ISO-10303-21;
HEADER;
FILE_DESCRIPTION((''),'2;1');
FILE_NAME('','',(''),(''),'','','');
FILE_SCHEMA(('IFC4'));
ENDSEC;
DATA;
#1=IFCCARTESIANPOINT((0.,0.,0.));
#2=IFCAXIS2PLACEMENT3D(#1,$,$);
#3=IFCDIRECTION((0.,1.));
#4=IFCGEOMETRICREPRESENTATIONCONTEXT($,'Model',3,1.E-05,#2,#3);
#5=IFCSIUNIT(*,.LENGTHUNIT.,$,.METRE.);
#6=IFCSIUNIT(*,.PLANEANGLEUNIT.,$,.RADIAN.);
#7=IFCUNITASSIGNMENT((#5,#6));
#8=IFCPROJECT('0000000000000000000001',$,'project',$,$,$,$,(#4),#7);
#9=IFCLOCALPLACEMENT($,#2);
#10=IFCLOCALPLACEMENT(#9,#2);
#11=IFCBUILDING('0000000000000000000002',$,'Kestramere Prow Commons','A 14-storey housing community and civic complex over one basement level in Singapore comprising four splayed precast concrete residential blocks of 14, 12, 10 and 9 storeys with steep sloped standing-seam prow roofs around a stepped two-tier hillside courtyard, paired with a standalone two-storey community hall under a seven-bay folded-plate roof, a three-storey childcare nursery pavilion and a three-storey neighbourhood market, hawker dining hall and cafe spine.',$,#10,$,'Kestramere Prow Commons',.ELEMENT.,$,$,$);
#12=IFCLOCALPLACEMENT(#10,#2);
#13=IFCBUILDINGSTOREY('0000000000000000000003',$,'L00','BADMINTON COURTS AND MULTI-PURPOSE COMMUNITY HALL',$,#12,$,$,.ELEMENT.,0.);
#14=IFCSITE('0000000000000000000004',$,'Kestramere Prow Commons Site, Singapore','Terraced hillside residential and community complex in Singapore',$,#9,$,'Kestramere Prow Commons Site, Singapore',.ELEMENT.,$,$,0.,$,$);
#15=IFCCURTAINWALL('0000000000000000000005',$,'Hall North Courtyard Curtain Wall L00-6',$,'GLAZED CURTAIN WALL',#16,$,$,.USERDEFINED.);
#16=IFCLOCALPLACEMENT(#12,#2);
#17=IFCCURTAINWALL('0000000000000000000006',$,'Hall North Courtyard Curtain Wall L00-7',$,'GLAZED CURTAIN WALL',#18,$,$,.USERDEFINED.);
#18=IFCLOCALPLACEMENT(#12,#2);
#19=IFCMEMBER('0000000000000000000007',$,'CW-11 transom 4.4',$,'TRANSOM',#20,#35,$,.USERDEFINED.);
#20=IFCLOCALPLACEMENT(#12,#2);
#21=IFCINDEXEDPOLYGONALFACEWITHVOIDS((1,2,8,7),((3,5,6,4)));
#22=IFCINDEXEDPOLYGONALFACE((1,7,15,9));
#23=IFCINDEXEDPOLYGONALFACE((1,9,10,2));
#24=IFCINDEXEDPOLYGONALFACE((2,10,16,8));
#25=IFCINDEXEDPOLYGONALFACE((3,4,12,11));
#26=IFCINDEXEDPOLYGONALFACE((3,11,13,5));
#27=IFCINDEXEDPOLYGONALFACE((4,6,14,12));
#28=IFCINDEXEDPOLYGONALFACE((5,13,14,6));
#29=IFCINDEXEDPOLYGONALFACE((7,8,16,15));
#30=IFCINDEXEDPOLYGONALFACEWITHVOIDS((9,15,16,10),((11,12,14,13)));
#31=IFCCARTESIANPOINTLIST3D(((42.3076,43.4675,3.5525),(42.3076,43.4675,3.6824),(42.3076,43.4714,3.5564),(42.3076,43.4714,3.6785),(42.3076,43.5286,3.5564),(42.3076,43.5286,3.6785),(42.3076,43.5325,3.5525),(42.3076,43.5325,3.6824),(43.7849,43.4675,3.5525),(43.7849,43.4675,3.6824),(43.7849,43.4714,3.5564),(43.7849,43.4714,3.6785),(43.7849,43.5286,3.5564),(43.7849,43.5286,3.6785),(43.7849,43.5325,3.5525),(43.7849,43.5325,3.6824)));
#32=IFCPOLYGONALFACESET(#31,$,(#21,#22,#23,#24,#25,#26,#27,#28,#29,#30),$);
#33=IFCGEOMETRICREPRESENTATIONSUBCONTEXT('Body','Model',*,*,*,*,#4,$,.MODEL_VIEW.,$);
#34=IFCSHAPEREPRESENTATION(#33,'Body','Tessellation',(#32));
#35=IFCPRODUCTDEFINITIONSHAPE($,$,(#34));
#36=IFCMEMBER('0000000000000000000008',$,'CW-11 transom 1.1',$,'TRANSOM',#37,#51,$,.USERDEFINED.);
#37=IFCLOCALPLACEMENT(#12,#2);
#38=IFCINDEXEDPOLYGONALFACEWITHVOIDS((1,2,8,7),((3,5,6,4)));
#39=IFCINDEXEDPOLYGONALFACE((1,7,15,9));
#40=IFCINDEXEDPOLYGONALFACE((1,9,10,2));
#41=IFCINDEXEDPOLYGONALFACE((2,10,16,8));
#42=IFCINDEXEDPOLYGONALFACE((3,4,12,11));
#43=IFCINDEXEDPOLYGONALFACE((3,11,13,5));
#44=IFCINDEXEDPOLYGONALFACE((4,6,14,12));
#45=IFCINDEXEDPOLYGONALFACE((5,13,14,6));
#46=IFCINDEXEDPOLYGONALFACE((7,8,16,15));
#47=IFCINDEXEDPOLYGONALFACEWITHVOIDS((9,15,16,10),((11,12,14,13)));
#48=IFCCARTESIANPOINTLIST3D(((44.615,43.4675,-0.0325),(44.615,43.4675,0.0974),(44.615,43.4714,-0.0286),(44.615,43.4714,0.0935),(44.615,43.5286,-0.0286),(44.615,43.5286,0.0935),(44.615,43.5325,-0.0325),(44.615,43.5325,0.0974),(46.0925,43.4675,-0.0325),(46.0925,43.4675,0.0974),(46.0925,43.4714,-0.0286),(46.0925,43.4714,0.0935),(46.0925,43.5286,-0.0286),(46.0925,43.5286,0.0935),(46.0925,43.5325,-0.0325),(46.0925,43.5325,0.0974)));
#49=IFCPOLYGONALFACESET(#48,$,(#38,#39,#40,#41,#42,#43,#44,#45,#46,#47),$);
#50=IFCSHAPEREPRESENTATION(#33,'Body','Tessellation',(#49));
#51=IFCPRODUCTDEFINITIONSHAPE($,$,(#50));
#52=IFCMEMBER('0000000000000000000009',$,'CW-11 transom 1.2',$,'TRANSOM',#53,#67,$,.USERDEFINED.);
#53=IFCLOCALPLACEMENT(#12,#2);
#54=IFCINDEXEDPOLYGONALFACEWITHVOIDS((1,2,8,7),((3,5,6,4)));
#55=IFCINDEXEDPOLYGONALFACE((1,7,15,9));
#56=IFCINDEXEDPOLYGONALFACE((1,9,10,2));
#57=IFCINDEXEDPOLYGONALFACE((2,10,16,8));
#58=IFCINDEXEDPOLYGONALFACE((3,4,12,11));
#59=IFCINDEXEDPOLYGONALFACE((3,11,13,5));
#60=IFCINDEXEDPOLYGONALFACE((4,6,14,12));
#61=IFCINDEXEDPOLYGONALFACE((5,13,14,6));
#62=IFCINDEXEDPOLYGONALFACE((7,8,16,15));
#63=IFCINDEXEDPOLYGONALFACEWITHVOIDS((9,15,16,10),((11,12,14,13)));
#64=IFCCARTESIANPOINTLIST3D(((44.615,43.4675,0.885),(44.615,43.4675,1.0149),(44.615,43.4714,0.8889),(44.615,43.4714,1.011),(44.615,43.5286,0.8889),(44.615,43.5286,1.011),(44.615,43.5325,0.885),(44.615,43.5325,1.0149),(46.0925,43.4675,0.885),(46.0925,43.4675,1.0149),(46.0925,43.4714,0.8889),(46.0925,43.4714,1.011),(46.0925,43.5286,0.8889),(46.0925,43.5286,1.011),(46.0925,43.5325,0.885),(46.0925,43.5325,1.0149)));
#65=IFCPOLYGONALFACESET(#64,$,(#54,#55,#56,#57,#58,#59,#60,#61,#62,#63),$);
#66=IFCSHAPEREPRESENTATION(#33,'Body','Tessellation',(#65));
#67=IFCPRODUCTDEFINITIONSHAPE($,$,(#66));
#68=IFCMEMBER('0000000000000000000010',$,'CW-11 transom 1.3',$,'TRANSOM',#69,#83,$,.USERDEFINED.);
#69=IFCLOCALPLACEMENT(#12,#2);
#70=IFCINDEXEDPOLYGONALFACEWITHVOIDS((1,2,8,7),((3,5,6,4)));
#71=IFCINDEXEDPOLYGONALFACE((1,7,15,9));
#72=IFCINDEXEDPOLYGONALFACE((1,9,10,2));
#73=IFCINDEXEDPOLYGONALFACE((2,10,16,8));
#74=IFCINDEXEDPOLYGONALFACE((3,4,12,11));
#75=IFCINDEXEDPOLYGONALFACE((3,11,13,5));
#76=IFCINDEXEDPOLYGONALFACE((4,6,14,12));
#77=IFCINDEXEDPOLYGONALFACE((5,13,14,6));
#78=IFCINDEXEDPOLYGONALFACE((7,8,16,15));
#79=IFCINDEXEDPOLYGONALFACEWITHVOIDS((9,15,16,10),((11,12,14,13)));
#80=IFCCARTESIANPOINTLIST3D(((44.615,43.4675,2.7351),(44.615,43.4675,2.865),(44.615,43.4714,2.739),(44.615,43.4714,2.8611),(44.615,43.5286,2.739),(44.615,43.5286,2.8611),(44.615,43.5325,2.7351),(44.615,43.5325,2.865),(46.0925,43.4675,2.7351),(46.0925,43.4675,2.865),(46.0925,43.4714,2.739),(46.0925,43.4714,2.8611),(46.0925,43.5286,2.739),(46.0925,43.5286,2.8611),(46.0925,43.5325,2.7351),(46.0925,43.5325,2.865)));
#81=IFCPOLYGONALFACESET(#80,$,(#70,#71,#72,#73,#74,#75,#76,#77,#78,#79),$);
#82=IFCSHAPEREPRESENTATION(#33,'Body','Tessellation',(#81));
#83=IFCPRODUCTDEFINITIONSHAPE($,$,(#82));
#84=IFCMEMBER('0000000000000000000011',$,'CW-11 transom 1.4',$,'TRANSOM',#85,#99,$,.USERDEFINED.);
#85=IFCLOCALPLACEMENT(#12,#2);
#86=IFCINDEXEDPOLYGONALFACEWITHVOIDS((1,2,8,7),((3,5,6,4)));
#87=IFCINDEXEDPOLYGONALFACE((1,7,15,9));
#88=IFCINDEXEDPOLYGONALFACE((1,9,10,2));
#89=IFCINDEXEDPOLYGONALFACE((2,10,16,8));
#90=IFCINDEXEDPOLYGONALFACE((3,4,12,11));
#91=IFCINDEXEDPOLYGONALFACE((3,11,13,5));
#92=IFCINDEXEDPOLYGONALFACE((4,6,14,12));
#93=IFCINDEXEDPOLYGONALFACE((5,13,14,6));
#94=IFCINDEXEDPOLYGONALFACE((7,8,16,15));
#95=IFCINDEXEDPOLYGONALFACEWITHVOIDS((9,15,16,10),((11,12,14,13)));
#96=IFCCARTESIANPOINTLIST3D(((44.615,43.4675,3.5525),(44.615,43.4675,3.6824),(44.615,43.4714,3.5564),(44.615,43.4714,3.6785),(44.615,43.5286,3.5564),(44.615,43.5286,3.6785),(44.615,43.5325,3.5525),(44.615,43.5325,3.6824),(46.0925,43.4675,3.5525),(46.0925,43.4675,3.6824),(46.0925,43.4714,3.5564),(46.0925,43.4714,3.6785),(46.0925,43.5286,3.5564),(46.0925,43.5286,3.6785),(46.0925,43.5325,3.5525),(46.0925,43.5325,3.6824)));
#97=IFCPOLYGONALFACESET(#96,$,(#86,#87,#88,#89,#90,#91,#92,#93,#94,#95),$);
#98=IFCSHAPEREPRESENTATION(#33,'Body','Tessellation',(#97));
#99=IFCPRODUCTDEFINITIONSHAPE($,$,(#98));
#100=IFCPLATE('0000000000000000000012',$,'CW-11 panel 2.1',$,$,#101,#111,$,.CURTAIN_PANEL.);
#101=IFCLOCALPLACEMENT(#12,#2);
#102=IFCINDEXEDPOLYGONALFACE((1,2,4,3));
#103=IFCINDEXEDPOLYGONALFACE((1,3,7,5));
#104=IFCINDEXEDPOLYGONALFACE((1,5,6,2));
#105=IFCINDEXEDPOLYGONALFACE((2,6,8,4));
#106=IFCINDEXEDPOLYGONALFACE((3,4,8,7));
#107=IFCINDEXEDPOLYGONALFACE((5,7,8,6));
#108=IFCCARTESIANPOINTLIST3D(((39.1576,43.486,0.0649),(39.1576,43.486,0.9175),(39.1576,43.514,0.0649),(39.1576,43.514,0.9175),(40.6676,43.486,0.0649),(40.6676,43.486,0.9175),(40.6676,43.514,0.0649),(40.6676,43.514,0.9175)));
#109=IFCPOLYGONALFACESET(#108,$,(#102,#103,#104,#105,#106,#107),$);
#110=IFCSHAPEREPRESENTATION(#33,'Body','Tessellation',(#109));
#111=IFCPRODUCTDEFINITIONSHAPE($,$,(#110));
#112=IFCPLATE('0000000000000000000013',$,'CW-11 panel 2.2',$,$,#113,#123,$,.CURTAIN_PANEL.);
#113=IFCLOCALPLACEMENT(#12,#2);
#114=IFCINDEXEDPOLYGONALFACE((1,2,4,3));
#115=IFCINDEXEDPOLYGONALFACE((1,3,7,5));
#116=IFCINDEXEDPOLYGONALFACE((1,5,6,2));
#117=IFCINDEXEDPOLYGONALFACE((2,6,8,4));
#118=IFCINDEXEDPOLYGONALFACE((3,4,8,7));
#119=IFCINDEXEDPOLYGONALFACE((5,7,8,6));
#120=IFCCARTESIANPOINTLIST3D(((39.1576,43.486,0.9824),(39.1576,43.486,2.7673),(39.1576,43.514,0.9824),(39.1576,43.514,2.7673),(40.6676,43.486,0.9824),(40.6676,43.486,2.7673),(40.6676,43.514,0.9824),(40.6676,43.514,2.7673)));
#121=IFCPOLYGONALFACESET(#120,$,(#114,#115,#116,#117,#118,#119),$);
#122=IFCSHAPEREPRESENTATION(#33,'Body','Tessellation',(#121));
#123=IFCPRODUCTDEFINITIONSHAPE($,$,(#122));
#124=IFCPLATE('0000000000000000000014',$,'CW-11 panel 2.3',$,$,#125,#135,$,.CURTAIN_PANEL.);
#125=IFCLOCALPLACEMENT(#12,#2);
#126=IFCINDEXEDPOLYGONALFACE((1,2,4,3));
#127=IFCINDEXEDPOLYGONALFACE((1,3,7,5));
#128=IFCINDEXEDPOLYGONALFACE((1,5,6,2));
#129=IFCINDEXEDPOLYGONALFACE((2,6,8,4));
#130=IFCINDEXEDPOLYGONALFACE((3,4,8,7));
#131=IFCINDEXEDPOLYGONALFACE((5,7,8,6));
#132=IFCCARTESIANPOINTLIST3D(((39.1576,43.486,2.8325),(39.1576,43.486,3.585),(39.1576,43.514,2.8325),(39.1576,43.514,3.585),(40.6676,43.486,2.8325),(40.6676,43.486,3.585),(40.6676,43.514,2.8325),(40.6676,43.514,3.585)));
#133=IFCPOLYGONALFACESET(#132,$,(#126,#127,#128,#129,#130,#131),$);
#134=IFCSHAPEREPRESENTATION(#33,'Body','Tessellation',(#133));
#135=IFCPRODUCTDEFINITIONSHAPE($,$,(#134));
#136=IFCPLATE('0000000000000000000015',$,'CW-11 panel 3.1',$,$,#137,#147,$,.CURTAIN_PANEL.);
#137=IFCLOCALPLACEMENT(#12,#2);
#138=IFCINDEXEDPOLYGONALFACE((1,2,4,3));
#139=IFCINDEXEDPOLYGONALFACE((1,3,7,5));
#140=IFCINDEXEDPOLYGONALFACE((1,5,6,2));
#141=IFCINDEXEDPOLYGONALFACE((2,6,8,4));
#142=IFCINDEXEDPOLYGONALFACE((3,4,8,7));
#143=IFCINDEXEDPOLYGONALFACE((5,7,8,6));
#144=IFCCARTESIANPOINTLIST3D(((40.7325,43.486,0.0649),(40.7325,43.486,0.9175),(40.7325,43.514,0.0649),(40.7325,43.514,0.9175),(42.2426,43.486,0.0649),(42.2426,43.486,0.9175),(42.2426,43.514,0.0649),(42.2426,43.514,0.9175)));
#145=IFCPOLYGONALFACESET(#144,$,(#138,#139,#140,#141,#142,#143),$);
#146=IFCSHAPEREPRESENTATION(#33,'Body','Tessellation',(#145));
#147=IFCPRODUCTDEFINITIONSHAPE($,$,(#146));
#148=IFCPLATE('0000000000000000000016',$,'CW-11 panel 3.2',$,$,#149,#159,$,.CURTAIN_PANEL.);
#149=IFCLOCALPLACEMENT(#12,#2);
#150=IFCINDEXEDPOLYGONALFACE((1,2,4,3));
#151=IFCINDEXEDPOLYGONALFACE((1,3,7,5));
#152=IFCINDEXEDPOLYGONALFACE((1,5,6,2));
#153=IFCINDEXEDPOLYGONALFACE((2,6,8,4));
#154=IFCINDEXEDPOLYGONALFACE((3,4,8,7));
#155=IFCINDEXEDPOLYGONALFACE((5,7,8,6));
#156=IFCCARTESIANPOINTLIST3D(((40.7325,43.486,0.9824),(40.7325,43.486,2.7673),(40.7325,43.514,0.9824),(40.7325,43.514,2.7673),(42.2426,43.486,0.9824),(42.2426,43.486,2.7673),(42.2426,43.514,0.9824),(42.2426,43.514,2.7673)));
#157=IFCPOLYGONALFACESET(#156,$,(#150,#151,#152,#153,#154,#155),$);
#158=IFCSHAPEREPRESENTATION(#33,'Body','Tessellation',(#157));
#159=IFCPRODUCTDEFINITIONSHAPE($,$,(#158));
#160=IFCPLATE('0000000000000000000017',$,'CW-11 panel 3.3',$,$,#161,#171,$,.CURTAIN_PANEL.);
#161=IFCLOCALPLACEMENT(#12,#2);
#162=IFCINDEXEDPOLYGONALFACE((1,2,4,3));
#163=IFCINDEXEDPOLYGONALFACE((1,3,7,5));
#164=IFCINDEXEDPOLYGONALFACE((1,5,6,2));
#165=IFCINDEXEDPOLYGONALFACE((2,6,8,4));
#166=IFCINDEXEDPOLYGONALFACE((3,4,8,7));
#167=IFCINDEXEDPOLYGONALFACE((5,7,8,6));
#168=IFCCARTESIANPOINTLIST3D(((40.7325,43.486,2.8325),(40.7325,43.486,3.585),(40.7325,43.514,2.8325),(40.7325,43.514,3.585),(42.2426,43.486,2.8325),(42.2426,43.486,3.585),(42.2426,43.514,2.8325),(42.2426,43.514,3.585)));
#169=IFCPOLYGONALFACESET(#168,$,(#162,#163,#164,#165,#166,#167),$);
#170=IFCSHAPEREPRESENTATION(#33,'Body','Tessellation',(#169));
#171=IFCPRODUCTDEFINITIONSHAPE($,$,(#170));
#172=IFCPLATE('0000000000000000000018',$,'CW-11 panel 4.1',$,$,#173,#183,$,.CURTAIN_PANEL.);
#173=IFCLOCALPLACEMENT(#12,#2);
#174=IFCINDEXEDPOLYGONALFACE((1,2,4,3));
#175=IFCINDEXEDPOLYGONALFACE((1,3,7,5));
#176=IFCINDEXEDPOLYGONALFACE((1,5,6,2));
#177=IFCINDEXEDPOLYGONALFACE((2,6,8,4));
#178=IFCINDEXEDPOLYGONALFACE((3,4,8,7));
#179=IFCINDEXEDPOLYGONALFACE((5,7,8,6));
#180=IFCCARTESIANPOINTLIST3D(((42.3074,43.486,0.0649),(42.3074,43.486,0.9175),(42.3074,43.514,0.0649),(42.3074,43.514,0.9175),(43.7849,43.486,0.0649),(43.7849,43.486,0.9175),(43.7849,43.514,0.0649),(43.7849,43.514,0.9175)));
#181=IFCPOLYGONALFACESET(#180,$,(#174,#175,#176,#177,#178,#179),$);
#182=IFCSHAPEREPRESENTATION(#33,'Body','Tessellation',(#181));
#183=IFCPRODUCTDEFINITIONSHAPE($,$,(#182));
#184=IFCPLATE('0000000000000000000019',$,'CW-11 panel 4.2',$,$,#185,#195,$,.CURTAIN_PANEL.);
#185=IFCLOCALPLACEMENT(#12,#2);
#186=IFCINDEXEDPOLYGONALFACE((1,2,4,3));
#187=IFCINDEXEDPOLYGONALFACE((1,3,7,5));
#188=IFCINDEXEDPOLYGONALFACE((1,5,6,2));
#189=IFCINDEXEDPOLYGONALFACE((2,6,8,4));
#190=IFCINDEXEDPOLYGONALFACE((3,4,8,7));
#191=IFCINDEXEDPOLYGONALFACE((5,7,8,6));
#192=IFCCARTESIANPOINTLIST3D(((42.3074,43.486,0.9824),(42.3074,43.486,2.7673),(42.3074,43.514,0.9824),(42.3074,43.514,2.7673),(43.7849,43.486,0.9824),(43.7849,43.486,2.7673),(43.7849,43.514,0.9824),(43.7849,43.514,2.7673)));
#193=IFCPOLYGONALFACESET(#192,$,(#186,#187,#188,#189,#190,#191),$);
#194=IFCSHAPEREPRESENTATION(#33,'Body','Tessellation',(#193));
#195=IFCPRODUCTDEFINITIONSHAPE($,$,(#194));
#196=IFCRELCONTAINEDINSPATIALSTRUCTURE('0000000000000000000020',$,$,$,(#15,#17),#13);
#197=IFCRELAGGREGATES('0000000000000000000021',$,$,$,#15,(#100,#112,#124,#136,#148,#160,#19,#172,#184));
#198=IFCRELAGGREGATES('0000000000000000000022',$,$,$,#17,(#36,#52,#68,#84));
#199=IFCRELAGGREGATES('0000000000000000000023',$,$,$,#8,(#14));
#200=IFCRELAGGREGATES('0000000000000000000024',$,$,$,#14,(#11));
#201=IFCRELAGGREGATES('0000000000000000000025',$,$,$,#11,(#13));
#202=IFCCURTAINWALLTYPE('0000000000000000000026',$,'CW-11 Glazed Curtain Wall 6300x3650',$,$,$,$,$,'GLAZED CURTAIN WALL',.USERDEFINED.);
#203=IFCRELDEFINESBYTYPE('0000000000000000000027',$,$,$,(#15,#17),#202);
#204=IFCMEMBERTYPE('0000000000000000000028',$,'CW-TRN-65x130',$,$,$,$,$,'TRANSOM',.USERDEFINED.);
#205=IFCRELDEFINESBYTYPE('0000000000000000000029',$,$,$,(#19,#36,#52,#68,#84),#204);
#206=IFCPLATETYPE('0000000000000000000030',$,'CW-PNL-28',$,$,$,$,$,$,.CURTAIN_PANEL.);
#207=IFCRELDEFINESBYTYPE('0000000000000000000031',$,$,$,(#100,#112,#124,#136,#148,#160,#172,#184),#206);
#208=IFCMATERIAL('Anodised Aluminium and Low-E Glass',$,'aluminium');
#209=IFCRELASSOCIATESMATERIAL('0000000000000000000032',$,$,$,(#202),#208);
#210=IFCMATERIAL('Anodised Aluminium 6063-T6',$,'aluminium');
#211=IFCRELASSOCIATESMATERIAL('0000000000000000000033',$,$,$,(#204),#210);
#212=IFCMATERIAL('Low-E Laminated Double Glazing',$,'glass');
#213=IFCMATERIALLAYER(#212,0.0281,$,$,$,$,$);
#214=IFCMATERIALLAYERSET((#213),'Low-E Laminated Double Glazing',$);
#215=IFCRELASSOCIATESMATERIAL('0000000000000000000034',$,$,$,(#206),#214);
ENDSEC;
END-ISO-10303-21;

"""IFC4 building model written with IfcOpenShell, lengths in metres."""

from ifc_helpers import new_model, si_unit, direction, frame, origin, origin_2d, place, context, subcontext, project, spatial, rectangle, hollow_rectangle, extrude, material, layer, layer_set, material_profile, profile_set, type_object, element, aggregate, save


model = new_model("IFC4")

# Units and contexts
model_context = context("Model", 3, precision=1e-05, world=origin(), true_north=direction((0.0, 1.0)))
body_context = subcontext(model_context, "Body", "Model", "MODEL_VIEW")
ifc_project = project(units=[si_unit("LENGTHUNIT", "METRE"), si_unit("PLANEANGLEUNIT", "RADIAN")], contexts=[model_context])

# Site, building, storey
site_placement = place(None, origin())
site = spatial("IfcSite", under=ifc_project, at=site_placement, Name="Kestramere Prow Commons Site, Singapore", Description="Terraced hillside residential and community complex in Singapore", LongName="Kestramere Prow Commons Site, Singapore", CompositionType="ELEMENT", RefElevation=0.0)
building_placement = place(site_placement, origin())
building = spatial("IfcBuilding", under=site, at=building_placement, Name="Kestramere Prow Commons", Description="A 14-storey housing community and civic complex over one basement level in Singapore comprising four splayed precast concrete residential blocks of 14, 12, 10 and 9 storeys with steep sloped standing-seam prow roofs around a stepped two-tier hillside courtyard, paired with a standalone two-storey community hall under a seven-bay folded-plate roof, a three-storey childcare nursery pavilion and a three-storey neighbourhood market, hawker dining hall and cafe spine.", LongName="Kestramere Prow Commons", CompositionType="ELEMENT")
storey_placement = place(building_placement, origin())
storey = spatial("IfcBuildingStorey", under=building, at=storey_placement, Name="L00", Description="BADMINTON COURTS AND MULTI-PURPOSE COMMUNITY HALL", CompositionType="ELEMENT", Elevation=0.0)

# Curtain wall
ifc_material_1 = material(Name="Anodised Aluminium and Low-E Glass", Category="aluminium")
curtain_wall_type = type_object("IfcCurtainWallType", Name="CW-11 Glazed Curtain Wall 6300x3650", ElementType="GLAZED CURTAIN WALL", PredefinedType="USERDEFINED", material=ifc_material_1)
curtain_wall_1_placement = place(storey_placement, origin())
curtain_wall_1 = element("IfcCurtainWall", 1, at=curtain_wall_1_placement, inside=storey, type_object=curtain_wall_type, Name="Hall North Courtyard Curtain Wall L00-6", ObjectType="GLAZED CURTAIN WALL", PredefinedType="USERDEFINED")
ifc_material_2 = material(Name="Anodised Aluminium 6063-T6", Category="aluminium")

# Curtain wall
curtain_wall_2_placement = place(storey_placement, origin())
curtain_wall_2 = element("IfcCurtainWall", 2, at=curtain_wall_2_placement, inside=storey, type_object=curtain_wall_type, Name="Hall North Courtyard Curtain Wall L00-7", ObjectType="GLAZED CURTAIN WALL", PredefinedType="USERDEFINED")

# Members
ifc_material_profile_1 = material_profile(ifc_material_2, hollow_rectangle(XDim=0.0649, YDim=0.1299, WallThickness=0.0039, at=origin_2d()), Name="ALU-TRN 65x130")
ifc_profile_set_1 = profile_set([ifc_material_profile_1], Name="Anodised Aluminium 6063-T6")
member_type_1 = type_object("IfcMemberType", Name="CW-TRN-65x130", ElementType="TRANSOM", PredefinedType="USERDEFINED", material=ifc_profile_set_1)
member_1_placement = place(storey_placement, frame((42.3076, 43.5, 3.6174), z_axis=(1.0, 0.0, 0.0), x_axis=(0.0, 1.0, 0.0)))
member_1 = element("IfcMember", 3, at=member_1_placement, type_object=member_type_1, Name="CW-11 transom 4.4", ObjectType="TRANSOM", PredefinedType="USERDEFINED", context=body_context, shape_type="SweptSolid", body=[
    extrude(hollow_rectangle(XDim=0.0649, YDim=0.1299, WallThickness=0.0039, at=origin_2d()), origin(), (0.0, 0.0, 1.0), 1.4773),
])
member_2_placement = place(storey_placement, frame((44.615, 43.5, 0.0325), z_axis=(1.0, 0.0, 0.0), x_axis=(0.0, 1.0, 0.0)))
member_2 = element("IfcMember", 4, at=member_2_placement, type_object=member_type_1, Name="CW-11 transom 1.1", ObjectType="TRANSOM", PredefinedType="USERDEFINED", context=body_context, shape_type="SweptSolid", body=[
    extrude(hollow_rectangle(XDim=0.0649, YDim=0.1299, WallThickness=0.0039, at=origin_2d()), origin(), (0.0, 0.0, 1.0), 1.4775),
])
member_3_placement = place(storey_placement, frame((44.615, 43.5, 0.95), z_axis=(1.0, 0.0, 0.0), x_axis=(0.0, 1.0, 0.0)))
member_3 = element("IfcMember", 5, at=member_3_placement, type_object=member_type_1, Name="CW-11 transom 1.2", ObjectType="TRANSOM", PredefinedType="USERDEFINED", context=body_context, shape_type="SweptSolid", body=[
    extrude(hollow_rectangle(XDim=0.0649, YDim=0.1299, WallThickness=0.0039, at=origin_2d()), origin(), (0.0, 0.0, 1.0), 1.4775),
])
member_4_placement = place(storey_placement, frame((44.615, 43.5, 2.8), z_axis=(1.0, 0.0, 0.0), x_axis=(0.0, 1.0, 0.0)))
member_4 = element("IfcMember", 6, at=member_4_placement, type_object=member_type_1, Name="CW-11 transom 1.3", ObjectType="TRANSOM", PredefinedType="USERDEFINED", context=body_context, shape_type="SweptSolid", body=[
    extrude(hollow_rectangle(XDim=0.0649, YDim=0.1299, WallThickness=0.0039, at=origin_2d()), origin(), (0.0, 0.0, 1.0), 1.4775),
])
member_5_placement = place(storey_placement, frame((44.615, 43.5, 3.6174), z_axis=(1.0, 0.0, 0.0), x_axis=(0.0, 1.0, 0.0)))
member_5 = element("IfcMember", 7, at=member_5_placement, type_object=member_type_1, Name="CW-11 transom 1.4", ObjectType="TRANSOM", PredefinedType="USERDEFINED", context=body_context, shape_type="SweptSolid", body=[
    extrude(hollow_rectangle(XDim=0.0649, YDim=0.1299, WallThickness=0.0039, at=origin_2d()), origin(), (0.0, 0.0, 1.0), 1.4775),
])

# Plates
ifc_material_3 = material(Name="Low-E Laminated Double Glazing", Category="glass")
ifc_layer = layer(ifc_material_3, 0.0281)
ifc_layer_set = layer_set([ifc_layer], Name="Low-E Laminated Double Glazing")
plate_type = type_object("IfcPlateType", Name="CW-PNL-28", PredefinedType="CURTAIN_PANEL", material=ifc_layer_set)
plate_1_placement = place(storey_placement, frame((39.9126, 43.5, 0.0649), z_axis=(0.0, 0.0, 1.0), x_axis=(1.0, 0.0, 0.0)))
plate_1 = element("IfcPlate", 8, at=plate_1_placement, type_object=plate_type, Name="CW-11 panel 2.1", PredefinedType="CURTAIN_PANEL", context=body_context, shape_type="SweptSolid", body=[
    extrude(rectangle(XDim=1.51, YDim=0.0281, at=origin_2d()), origin(), (0.0, 0.0, 1.0), 0.8525),
])
plate_2_placement = place(storey_placement, frame((39.9126, 43.5, 0.9824), z_axis=(0.0, 0.0, 1.0), x_axis=(1.0, 0.0, 0.0)))
plate_2 = element("IfcPlate", 9, at=plate_2_placement, type_object=plate_type, Name="CW-11 panel 2.2", PredefinedType="CURTAIN_PANEL", context=body_context, shape_type="SweptSolid", body=[
    extrude(rectangle(XDim=1.51, YDim=0.0281, at=origin_2d()), origin(), (0.0, 0.0, 1.0), 1.7849),
])
plate_3_placement = place(storey_placement, frame((39.9126, 43.5, 2.8325), z_axis=(0.0, 0.0, 1.0), x_axis=(1.0, 0.0, 0.0)))
plate_3 = element("IfcPlate", 10, at=plate_3_placement, type_object=plate_type, Name="CW-11 panel 2.3", PredefinedType="CURTAIN_PANEL", context=body_context, shape_type="SweptSolid", body=[
    extrude(rectangle(XDim=1.51, YDim=0.0281, at=origin_2d()), origin(), (0.0, 0.0, 1.0), 0.7524),
])
plate_4_placement = place(storey_placement, frame((41.4875, 43.5, 0.0649), z_axis=(0.0, 0.0, 1.0), x_axis=(1.0, 0.0, 0.0)))
plate_4 = element("IfcPlate", 11, at=plate_4_placement, type_object=plate_type, Name="CW-11 panel 3.1", PredefinedType="CURTAIN_PANEL", context=body_context, shape_type="SweptSolid", body=[
    extrude(rectangle(XDim=1.51, YDim=0.0281, at=origin_2d()), origin(), (0.0, 0.0, 1.0), 0.8525),
])
plate_5_placement = place(storey_placement, frame((41.4875, 43.5, 0.9824), z_axis=(0.0, 0.0, 1.0), x_axis=(1.0, 0.0, 0.0)))
plate_5 = element("IfcPlate", 12, at=plate_5_placement, type_object=plate_type, Name="CW-11 panel 3.2", PredefinedType="CURTAIN_PANEL", context=body_context, shape_type="SweptSolid", body=[
    extrude(rectangle(XDim=1.51, YDim=0.0281, at=origin_2d()), origin(), (0.0, 0.0, 1.0), 1.7849),
])
plate_6_placement = place(storey_placement, frame((41.4875, 43.5, 2.8325), z_axis=(0.0, 0.0, 1.0), x_axis=(1.0, 0.0, 0.0)))
plate_6 = element("IfcPlate", 13, at=plate_6_placement, type_object=plate_type, Name="CW-11 panel 3.3", PredefinedType="CURTAIN_PANEL", context=body_context, shape_type="SweptSolid", body=[
    extrude(rectangle(XDim=1.51, YDim=0.0281, at=origin_2d()), origin(), (0.0, 0.0, 1.0), 0.7524),
])
plate_7_placement = place(storey_placement, frame((43.0461, 43.5, 0.0649), z_axis=(0.0, 0.0, 1.0), x_axis=(1.0, 0.0, 0.0)))
plate_7 = element("IfcPlate", 14, at=plate_7_placement, type_object=plate_type, Name="CW-11 panel 4.1", PredefinedType="CURTAIN_PANEL", context=body_context, shape_type="SweptSolid", body=[
    extrude(rectangle(XDim=1.4775, YDim=0.0281, at=origin_2d()), origin(), (0.0, 0.0, 1.0), 0.8525),
])
plate_8_placement = place(storey_placement, frame((43.0461, 43.5, 0.9824), z_axis=(0.0, 0.0, 1.0), x_axis=(1.0, 0.0, 0.0)))
plate_8 = element("IfcPlate", 15, at=plate_8_placement, type_object=plate_type, Name="CW-11 panel 4.2", PredefinedType="CURTAIN_PANEL", context=body_context, shape_type="SweptSolid", body=[
    extrude(rectangle(XDim=1.4775, YDim=0.0281, at=origin_2d()), origin(), (0.0, 0.0, 1.0), 1.7849),
])
aggregate(curtain_wall_1, [plate_1, plate_2, plate_3, plate_4, plate_5, plate_6, member_1, plate_7, plate_8])
aggregate(curtain_wall_2, [member_2, member_3, member_4, member_5])

save(model, "model.ifc")
